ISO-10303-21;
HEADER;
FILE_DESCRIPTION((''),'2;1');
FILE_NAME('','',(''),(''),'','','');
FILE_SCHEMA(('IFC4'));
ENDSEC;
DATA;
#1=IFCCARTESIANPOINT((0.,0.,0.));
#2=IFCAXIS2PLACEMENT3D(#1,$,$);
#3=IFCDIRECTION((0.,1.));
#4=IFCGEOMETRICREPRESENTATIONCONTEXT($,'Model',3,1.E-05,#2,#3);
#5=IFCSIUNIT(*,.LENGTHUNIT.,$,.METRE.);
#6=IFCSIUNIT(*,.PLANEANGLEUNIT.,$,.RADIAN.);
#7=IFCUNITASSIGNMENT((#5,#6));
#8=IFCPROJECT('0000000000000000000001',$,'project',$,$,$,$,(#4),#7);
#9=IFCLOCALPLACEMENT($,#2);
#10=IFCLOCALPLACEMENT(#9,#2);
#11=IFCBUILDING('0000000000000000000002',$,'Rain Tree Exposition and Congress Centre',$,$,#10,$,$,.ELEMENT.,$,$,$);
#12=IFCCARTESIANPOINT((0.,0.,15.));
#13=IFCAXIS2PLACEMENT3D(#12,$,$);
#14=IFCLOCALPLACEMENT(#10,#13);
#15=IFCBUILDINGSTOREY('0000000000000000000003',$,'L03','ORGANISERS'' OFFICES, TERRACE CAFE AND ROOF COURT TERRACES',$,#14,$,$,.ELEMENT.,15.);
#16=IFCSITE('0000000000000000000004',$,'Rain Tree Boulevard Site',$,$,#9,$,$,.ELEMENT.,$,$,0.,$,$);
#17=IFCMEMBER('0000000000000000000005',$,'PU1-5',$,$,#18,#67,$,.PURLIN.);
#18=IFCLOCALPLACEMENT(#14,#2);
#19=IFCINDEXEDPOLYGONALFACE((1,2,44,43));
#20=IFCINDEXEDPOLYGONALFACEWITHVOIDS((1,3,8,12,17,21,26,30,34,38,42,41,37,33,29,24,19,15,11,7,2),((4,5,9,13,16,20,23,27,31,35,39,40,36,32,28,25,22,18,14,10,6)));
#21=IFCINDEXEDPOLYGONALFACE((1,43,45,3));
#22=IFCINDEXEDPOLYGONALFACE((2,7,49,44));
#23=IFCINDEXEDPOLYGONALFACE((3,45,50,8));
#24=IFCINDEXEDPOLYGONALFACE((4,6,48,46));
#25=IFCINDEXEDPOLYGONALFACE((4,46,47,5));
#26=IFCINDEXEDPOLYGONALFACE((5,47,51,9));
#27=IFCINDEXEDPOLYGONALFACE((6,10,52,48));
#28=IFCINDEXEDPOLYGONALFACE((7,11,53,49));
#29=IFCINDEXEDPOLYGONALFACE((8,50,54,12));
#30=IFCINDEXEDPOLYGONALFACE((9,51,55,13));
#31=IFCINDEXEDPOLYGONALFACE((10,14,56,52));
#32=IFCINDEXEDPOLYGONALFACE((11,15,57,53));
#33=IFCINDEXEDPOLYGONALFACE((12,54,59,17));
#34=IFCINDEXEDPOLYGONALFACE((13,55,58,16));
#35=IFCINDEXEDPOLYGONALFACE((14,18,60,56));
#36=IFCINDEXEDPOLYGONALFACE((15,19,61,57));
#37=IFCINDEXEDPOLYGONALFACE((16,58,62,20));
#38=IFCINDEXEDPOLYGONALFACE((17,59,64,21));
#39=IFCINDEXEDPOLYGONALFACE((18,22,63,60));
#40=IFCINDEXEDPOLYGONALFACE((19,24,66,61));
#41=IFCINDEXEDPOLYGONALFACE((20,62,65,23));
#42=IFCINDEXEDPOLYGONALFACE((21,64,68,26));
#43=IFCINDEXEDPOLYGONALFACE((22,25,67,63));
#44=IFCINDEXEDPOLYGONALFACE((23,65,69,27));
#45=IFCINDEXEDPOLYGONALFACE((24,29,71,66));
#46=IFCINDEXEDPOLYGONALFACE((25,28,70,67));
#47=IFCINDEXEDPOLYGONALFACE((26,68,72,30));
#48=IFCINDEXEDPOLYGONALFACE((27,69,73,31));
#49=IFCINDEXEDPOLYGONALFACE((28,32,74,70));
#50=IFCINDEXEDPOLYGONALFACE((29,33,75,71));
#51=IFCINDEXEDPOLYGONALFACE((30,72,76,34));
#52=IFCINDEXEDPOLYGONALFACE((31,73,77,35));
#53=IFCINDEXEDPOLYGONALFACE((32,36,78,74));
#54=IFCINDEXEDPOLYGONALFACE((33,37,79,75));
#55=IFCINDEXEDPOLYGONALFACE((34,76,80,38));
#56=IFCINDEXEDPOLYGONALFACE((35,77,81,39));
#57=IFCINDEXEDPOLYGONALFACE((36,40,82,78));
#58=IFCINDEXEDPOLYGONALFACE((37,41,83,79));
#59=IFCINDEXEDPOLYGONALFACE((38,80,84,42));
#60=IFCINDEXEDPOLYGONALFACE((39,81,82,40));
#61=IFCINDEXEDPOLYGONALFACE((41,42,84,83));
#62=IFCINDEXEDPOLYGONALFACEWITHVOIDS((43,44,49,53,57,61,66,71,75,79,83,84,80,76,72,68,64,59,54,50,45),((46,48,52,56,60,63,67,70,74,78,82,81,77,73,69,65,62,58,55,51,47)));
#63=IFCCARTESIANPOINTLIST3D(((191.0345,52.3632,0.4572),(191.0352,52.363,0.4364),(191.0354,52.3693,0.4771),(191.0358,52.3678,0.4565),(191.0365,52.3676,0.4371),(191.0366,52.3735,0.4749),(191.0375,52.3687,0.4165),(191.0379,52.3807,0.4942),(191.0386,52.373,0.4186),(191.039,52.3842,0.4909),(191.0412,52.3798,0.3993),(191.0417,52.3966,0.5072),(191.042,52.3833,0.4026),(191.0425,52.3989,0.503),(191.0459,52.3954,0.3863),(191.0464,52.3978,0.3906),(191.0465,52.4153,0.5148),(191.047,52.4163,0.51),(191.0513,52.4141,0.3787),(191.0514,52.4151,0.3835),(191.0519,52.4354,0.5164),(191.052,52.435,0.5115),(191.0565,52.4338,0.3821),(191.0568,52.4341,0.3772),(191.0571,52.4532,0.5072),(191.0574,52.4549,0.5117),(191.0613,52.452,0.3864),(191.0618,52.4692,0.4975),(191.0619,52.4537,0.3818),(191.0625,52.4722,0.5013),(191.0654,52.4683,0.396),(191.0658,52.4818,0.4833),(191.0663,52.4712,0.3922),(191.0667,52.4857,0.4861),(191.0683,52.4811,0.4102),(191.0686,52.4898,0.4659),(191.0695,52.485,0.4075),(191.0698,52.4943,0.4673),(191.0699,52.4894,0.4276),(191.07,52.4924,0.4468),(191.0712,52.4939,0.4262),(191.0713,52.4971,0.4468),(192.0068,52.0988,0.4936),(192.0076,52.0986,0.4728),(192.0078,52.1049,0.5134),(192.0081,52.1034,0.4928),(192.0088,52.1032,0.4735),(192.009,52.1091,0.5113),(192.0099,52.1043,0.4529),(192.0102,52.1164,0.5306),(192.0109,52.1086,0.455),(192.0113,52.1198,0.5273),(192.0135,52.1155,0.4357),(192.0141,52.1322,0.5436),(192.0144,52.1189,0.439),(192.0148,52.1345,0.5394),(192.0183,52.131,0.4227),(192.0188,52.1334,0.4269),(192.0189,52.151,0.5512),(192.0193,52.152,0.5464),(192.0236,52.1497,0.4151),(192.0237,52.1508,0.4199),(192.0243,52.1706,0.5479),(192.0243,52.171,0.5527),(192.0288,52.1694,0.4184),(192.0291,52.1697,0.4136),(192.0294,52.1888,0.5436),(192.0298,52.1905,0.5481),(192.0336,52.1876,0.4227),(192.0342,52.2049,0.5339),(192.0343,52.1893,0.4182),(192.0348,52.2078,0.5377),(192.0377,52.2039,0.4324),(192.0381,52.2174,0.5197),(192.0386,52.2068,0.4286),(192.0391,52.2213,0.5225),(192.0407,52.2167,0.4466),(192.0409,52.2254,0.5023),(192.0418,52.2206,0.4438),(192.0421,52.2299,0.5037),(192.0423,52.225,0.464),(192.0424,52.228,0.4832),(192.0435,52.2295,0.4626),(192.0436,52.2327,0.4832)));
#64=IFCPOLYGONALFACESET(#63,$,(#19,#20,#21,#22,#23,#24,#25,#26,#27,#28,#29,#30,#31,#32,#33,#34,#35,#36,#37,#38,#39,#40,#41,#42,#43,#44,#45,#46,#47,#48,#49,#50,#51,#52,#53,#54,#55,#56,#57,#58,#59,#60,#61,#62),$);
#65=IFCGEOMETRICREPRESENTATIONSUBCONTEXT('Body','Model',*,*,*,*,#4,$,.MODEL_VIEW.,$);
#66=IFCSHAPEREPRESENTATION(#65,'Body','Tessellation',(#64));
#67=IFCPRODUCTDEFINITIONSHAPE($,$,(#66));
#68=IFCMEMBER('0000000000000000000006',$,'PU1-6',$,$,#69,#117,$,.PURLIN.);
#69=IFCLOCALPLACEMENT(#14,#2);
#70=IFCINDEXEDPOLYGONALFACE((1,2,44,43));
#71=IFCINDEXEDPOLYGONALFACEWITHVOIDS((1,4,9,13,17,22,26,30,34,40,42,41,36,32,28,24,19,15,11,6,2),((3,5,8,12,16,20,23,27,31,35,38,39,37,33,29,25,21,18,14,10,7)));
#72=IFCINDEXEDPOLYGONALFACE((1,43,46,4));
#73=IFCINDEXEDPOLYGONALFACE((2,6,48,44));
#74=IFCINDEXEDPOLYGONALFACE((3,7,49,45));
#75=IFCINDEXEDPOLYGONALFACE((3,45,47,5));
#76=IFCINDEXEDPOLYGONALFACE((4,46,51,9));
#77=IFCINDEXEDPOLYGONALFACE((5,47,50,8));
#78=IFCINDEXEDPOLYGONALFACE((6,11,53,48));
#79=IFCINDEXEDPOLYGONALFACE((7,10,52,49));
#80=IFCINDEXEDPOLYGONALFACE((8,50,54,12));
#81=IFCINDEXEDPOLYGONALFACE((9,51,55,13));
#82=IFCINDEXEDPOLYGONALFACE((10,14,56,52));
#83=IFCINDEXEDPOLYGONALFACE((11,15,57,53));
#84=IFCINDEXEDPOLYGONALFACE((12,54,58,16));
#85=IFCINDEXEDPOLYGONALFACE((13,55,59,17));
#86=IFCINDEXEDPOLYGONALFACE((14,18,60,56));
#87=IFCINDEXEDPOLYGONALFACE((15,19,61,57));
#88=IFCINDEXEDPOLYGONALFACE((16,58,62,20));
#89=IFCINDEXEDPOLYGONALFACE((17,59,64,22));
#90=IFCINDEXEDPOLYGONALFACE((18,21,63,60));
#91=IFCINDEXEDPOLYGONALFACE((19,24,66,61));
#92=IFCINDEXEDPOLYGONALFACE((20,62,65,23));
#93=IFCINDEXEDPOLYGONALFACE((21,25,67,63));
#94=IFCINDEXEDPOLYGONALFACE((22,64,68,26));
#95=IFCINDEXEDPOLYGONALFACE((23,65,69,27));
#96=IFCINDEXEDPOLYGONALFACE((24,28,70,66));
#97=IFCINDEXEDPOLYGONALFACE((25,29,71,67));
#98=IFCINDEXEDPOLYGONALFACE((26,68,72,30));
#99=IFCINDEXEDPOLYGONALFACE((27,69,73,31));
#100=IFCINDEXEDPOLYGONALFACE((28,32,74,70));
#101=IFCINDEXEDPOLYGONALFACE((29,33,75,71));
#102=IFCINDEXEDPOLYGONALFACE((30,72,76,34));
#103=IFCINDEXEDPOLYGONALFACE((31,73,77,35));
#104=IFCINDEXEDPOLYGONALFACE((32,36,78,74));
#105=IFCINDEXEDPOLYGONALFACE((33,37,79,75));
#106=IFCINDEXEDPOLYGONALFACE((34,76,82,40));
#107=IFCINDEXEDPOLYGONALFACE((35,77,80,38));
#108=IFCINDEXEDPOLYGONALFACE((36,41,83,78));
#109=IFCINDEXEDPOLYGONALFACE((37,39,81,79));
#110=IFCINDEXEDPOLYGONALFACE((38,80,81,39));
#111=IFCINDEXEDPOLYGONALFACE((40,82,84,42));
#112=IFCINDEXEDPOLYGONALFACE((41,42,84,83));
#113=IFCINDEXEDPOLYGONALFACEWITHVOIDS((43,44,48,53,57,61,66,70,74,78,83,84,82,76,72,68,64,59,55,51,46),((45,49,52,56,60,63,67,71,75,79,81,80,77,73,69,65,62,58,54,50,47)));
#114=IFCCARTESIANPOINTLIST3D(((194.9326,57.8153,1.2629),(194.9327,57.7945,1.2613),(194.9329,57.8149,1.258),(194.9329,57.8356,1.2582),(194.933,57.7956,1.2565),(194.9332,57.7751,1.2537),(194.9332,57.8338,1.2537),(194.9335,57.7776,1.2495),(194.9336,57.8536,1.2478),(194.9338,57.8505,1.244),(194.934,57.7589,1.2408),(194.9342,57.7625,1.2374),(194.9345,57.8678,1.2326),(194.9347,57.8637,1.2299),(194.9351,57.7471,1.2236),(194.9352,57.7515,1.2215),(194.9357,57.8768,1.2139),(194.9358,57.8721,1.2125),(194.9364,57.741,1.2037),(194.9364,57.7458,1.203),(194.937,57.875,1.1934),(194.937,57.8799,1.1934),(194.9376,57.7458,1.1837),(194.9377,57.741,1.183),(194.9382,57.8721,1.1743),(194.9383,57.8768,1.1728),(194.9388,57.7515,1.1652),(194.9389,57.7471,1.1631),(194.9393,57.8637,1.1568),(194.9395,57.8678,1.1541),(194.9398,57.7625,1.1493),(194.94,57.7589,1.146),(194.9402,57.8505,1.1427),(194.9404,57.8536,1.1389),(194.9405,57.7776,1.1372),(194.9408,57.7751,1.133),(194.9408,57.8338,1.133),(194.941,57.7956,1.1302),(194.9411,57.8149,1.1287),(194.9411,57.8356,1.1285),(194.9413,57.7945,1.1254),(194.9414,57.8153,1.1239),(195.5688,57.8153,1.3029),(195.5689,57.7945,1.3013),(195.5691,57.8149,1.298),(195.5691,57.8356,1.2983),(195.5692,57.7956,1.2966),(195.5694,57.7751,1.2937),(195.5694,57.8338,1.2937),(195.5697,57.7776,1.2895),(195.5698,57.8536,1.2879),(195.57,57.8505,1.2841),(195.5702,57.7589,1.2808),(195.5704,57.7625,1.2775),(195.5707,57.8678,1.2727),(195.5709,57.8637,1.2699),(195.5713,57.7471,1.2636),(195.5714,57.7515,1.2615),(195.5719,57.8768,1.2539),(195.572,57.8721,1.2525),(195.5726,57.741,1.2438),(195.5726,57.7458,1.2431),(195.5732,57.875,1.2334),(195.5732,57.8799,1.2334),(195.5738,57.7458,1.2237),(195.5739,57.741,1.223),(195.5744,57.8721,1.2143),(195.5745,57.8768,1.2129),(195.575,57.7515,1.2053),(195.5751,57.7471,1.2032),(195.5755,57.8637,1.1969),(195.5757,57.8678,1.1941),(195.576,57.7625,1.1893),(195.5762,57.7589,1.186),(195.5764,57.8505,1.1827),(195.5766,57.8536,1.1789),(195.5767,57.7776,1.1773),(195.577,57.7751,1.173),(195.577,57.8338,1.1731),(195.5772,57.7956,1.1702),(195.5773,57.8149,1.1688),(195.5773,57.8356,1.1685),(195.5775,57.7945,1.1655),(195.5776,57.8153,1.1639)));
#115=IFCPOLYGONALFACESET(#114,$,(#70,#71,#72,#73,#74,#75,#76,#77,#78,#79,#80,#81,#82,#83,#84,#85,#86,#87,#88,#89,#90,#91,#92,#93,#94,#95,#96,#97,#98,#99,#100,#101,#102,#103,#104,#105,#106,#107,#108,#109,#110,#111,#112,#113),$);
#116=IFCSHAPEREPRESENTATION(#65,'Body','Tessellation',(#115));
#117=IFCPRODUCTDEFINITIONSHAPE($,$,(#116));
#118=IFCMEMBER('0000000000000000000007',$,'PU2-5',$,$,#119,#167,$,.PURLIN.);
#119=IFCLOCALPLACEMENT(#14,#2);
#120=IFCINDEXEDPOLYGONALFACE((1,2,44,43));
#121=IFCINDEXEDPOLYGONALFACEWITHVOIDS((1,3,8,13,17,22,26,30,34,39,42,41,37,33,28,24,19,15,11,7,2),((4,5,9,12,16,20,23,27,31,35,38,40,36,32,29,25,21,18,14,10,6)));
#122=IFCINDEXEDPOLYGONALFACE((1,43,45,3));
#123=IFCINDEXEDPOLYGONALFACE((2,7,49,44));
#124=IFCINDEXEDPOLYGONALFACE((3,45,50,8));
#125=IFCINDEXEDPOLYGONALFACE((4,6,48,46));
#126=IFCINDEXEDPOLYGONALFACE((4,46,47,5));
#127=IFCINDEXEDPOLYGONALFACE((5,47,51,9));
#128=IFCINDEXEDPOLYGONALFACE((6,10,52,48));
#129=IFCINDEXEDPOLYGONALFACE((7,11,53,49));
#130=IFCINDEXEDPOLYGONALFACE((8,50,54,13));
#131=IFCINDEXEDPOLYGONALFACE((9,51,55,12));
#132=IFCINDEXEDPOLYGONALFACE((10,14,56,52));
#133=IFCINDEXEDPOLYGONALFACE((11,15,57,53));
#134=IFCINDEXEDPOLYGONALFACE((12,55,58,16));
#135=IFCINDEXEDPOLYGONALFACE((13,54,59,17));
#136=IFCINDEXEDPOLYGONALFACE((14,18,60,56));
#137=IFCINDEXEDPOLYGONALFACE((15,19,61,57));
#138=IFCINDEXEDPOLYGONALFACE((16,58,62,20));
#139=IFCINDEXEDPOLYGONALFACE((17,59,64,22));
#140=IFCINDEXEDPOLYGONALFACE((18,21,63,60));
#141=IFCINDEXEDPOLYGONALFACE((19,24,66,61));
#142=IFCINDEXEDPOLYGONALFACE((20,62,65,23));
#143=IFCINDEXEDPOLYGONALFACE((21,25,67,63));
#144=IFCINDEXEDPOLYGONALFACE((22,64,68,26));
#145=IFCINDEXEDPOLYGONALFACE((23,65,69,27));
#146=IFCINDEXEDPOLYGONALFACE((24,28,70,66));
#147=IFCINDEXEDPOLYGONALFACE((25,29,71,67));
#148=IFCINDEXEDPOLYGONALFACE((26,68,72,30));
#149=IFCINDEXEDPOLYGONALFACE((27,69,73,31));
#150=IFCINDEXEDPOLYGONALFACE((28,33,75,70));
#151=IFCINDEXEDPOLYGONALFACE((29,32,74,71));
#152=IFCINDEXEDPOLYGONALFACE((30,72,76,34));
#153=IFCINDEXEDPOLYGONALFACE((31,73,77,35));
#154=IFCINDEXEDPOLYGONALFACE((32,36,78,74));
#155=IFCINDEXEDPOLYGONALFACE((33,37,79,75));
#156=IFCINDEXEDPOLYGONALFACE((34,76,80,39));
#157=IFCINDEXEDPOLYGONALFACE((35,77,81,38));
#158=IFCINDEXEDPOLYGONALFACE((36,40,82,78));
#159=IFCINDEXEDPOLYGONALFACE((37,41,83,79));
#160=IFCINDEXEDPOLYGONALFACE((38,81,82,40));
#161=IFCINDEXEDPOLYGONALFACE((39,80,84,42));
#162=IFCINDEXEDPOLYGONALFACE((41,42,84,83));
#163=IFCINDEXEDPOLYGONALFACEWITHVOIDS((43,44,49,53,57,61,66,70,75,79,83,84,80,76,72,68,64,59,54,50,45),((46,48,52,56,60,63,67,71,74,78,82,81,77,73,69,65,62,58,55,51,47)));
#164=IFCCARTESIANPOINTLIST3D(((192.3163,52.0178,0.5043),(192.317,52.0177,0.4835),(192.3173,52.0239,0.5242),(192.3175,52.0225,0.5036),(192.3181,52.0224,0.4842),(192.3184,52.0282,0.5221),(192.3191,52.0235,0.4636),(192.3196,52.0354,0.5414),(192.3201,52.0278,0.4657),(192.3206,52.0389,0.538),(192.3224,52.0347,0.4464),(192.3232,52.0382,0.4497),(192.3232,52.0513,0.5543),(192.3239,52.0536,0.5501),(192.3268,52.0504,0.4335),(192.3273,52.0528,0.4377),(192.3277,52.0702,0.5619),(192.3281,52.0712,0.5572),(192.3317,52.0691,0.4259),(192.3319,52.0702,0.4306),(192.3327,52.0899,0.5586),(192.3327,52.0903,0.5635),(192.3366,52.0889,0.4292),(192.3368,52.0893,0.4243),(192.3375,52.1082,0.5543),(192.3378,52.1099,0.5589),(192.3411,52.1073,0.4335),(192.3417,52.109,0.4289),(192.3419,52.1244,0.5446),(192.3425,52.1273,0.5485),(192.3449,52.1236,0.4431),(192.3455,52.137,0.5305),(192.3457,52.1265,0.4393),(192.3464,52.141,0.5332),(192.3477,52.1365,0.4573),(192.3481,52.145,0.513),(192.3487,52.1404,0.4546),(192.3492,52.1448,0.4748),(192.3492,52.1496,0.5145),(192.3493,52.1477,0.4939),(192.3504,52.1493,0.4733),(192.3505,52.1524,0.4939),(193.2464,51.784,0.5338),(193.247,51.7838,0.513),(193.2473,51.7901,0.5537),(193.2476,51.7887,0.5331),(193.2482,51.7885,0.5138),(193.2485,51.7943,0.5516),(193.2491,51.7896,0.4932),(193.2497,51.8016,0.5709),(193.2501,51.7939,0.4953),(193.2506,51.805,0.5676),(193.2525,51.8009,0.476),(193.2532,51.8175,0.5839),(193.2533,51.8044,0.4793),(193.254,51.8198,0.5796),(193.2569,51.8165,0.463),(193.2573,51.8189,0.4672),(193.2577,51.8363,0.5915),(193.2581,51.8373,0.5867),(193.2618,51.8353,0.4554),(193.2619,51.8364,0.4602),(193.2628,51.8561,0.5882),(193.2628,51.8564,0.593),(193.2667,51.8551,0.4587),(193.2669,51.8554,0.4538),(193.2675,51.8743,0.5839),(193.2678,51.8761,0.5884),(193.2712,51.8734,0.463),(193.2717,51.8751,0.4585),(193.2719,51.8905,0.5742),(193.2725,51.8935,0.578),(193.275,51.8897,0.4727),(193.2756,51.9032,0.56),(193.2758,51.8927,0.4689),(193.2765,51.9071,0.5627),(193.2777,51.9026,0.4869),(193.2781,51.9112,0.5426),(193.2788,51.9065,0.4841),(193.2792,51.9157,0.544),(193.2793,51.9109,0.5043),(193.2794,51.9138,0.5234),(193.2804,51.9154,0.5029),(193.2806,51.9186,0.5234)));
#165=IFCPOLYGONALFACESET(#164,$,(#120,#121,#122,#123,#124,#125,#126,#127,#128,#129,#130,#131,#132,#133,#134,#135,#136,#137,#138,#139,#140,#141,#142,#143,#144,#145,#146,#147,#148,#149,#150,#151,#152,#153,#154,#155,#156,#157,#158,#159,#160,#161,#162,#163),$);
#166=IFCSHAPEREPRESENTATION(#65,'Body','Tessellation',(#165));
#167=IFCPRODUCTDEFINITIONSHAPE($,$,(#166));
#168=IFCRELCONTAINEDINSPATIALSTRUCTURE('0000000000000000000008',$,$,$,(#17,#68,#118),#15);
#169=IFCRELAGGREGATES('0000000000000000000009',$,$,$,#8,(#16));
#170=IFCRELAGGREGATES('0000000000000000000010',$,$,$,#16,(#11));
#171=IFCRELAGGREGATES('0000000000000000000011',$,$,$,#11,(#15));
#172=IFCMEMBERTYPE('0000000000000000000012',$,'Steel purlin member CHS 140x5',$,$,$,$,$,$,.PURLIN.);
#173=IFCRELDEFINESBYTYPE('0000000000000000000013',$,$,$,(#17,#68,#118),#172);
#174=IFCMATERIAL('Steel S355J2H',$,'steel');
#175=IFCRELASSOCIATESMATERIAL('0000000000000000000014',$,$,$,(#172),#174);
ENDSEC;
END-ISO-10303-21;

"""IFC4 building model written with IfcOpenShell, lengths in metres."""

from ifc_helpers import new_model, si_unit, direction, frame, origin, origin_2d, place, context, subcontext, project, spatial, hollow_circle, extrude, material, material_profile, profile_set, type_object, element, save


model = new_model("IFC4")

# Units and contexts
model_context = context("Model", 3, precision=1e-05, world=origin(), true_north=direction((0.0, 1.0)))
body_context = subcontext(model_context, "Body", "Model", "MODEL_VIEW")
ifc_project = project(units=[si_unit("LENGTHUNIT", "METRE"), si_unit("PLANEANGLEUNIT", "RADIAN")], contexts=[model_context])

# Site, building, storey
site_placement = place(None, origin())
site = spatial("IfcSite", under=ifc_project, at=site_placement, Name="Rain Tree Boulevard Site", CompositionType="ELEMENT", RefElevation=0.0)
building_placement = place(site_placement, origin())
building = spatial("IfcBuilding", under=site, at=building_placement, Name="Rain Tree Exposition and Congress Centre", CompositionType="ELEMENT")
storey_placement = place(building_placement, frame((0.0, 0.0, 15.0)))
storey = spatial("IfcBuildingStorey", under=building, at=storey_placement, Name="L03", Description="ORGANISERS' OFFICES, TERRACE CAFE AND ROOF COURT TERRACES", CompositionType="ELEMENT", Elevation=15.0)

# Members
ifc_material_1 = material(Name="Steel S355J2H", Category="steel")
ifc_material_profile_1 = material_profile(ifc_material_1, hollow_circle(Radius=0.0698, WallThickness=0.0049, at=origin_2d()), Name="CHS 140x5")
ifc_profile_set_1 = profile_set([ifc_material_profile_1], Name="Steel S355J2H")
member_type_1 = type_object("IfcMemberType", Name="Steel purlin member CHS 140x5", PredefinedType="PURLIN", material=ifc_profile_set_1)
member_1_placement = place(storey_placement, frame((191.053, 52.4297, 0.4468), z_axis=(0.964337, -0.262209, 0.036075), x_axis=(0.262379, 0.964965, 0.0)))
element("IfcMember", 1, at=member_1_placement, inside=storey, type_object=member_type_1, Name="PU1-5", PredefinedType="PURLIN", context=body_context, shape_type="SweptSolid", body=[
    extrude(hollow_circle(Radius=0.0698, WallThickness=0.0049, at=origin_2d()), origin(), (0.0, 0.0, 1.0), 1.0083),
])
member_2_placement = place(storey_placement, frame((194.937, 57.8101, 1.1934), z_axis=(0.998026, 0.0, 0.062807), x_axis=(0.0, 1.0, 0.0)))
element("IfcMember", 2, at=member_2_placement, inside=storey, type_object=member_type_1, Name="PU1-6", PredefinedType="PURLIN", context=body_context, shape_type="SweptSolid", body=[
    extrude(hollow_circle(Radius=0.0698, WallThickness=0.0049, at=origin_2d()), origin(), (0.0, 0.0, 1.0), 0.6375),
])
member_3_placement = place(storey_placement, frame((192.3335, 52.0847, 0.4939), z_axis=(0.969353, -0.243737, 0.030785), x_axis=(0.243853, 0.969812, 0.0)))
element("IfcMember", 3, at=member_3_placement, inside=storey, type_object=member_type_1, Name="PU2-5", PredefinedType="PURLIN", context=body_context, shape_type="SweptSolid", body=[
    extrude(hollow_circle(Radius=0.0698, WallThickness=0.0049, at=origin_2d()), origin(), (0.0, 0.0, 1.0), 0.9595),
])

save(model, "model.ifc")
